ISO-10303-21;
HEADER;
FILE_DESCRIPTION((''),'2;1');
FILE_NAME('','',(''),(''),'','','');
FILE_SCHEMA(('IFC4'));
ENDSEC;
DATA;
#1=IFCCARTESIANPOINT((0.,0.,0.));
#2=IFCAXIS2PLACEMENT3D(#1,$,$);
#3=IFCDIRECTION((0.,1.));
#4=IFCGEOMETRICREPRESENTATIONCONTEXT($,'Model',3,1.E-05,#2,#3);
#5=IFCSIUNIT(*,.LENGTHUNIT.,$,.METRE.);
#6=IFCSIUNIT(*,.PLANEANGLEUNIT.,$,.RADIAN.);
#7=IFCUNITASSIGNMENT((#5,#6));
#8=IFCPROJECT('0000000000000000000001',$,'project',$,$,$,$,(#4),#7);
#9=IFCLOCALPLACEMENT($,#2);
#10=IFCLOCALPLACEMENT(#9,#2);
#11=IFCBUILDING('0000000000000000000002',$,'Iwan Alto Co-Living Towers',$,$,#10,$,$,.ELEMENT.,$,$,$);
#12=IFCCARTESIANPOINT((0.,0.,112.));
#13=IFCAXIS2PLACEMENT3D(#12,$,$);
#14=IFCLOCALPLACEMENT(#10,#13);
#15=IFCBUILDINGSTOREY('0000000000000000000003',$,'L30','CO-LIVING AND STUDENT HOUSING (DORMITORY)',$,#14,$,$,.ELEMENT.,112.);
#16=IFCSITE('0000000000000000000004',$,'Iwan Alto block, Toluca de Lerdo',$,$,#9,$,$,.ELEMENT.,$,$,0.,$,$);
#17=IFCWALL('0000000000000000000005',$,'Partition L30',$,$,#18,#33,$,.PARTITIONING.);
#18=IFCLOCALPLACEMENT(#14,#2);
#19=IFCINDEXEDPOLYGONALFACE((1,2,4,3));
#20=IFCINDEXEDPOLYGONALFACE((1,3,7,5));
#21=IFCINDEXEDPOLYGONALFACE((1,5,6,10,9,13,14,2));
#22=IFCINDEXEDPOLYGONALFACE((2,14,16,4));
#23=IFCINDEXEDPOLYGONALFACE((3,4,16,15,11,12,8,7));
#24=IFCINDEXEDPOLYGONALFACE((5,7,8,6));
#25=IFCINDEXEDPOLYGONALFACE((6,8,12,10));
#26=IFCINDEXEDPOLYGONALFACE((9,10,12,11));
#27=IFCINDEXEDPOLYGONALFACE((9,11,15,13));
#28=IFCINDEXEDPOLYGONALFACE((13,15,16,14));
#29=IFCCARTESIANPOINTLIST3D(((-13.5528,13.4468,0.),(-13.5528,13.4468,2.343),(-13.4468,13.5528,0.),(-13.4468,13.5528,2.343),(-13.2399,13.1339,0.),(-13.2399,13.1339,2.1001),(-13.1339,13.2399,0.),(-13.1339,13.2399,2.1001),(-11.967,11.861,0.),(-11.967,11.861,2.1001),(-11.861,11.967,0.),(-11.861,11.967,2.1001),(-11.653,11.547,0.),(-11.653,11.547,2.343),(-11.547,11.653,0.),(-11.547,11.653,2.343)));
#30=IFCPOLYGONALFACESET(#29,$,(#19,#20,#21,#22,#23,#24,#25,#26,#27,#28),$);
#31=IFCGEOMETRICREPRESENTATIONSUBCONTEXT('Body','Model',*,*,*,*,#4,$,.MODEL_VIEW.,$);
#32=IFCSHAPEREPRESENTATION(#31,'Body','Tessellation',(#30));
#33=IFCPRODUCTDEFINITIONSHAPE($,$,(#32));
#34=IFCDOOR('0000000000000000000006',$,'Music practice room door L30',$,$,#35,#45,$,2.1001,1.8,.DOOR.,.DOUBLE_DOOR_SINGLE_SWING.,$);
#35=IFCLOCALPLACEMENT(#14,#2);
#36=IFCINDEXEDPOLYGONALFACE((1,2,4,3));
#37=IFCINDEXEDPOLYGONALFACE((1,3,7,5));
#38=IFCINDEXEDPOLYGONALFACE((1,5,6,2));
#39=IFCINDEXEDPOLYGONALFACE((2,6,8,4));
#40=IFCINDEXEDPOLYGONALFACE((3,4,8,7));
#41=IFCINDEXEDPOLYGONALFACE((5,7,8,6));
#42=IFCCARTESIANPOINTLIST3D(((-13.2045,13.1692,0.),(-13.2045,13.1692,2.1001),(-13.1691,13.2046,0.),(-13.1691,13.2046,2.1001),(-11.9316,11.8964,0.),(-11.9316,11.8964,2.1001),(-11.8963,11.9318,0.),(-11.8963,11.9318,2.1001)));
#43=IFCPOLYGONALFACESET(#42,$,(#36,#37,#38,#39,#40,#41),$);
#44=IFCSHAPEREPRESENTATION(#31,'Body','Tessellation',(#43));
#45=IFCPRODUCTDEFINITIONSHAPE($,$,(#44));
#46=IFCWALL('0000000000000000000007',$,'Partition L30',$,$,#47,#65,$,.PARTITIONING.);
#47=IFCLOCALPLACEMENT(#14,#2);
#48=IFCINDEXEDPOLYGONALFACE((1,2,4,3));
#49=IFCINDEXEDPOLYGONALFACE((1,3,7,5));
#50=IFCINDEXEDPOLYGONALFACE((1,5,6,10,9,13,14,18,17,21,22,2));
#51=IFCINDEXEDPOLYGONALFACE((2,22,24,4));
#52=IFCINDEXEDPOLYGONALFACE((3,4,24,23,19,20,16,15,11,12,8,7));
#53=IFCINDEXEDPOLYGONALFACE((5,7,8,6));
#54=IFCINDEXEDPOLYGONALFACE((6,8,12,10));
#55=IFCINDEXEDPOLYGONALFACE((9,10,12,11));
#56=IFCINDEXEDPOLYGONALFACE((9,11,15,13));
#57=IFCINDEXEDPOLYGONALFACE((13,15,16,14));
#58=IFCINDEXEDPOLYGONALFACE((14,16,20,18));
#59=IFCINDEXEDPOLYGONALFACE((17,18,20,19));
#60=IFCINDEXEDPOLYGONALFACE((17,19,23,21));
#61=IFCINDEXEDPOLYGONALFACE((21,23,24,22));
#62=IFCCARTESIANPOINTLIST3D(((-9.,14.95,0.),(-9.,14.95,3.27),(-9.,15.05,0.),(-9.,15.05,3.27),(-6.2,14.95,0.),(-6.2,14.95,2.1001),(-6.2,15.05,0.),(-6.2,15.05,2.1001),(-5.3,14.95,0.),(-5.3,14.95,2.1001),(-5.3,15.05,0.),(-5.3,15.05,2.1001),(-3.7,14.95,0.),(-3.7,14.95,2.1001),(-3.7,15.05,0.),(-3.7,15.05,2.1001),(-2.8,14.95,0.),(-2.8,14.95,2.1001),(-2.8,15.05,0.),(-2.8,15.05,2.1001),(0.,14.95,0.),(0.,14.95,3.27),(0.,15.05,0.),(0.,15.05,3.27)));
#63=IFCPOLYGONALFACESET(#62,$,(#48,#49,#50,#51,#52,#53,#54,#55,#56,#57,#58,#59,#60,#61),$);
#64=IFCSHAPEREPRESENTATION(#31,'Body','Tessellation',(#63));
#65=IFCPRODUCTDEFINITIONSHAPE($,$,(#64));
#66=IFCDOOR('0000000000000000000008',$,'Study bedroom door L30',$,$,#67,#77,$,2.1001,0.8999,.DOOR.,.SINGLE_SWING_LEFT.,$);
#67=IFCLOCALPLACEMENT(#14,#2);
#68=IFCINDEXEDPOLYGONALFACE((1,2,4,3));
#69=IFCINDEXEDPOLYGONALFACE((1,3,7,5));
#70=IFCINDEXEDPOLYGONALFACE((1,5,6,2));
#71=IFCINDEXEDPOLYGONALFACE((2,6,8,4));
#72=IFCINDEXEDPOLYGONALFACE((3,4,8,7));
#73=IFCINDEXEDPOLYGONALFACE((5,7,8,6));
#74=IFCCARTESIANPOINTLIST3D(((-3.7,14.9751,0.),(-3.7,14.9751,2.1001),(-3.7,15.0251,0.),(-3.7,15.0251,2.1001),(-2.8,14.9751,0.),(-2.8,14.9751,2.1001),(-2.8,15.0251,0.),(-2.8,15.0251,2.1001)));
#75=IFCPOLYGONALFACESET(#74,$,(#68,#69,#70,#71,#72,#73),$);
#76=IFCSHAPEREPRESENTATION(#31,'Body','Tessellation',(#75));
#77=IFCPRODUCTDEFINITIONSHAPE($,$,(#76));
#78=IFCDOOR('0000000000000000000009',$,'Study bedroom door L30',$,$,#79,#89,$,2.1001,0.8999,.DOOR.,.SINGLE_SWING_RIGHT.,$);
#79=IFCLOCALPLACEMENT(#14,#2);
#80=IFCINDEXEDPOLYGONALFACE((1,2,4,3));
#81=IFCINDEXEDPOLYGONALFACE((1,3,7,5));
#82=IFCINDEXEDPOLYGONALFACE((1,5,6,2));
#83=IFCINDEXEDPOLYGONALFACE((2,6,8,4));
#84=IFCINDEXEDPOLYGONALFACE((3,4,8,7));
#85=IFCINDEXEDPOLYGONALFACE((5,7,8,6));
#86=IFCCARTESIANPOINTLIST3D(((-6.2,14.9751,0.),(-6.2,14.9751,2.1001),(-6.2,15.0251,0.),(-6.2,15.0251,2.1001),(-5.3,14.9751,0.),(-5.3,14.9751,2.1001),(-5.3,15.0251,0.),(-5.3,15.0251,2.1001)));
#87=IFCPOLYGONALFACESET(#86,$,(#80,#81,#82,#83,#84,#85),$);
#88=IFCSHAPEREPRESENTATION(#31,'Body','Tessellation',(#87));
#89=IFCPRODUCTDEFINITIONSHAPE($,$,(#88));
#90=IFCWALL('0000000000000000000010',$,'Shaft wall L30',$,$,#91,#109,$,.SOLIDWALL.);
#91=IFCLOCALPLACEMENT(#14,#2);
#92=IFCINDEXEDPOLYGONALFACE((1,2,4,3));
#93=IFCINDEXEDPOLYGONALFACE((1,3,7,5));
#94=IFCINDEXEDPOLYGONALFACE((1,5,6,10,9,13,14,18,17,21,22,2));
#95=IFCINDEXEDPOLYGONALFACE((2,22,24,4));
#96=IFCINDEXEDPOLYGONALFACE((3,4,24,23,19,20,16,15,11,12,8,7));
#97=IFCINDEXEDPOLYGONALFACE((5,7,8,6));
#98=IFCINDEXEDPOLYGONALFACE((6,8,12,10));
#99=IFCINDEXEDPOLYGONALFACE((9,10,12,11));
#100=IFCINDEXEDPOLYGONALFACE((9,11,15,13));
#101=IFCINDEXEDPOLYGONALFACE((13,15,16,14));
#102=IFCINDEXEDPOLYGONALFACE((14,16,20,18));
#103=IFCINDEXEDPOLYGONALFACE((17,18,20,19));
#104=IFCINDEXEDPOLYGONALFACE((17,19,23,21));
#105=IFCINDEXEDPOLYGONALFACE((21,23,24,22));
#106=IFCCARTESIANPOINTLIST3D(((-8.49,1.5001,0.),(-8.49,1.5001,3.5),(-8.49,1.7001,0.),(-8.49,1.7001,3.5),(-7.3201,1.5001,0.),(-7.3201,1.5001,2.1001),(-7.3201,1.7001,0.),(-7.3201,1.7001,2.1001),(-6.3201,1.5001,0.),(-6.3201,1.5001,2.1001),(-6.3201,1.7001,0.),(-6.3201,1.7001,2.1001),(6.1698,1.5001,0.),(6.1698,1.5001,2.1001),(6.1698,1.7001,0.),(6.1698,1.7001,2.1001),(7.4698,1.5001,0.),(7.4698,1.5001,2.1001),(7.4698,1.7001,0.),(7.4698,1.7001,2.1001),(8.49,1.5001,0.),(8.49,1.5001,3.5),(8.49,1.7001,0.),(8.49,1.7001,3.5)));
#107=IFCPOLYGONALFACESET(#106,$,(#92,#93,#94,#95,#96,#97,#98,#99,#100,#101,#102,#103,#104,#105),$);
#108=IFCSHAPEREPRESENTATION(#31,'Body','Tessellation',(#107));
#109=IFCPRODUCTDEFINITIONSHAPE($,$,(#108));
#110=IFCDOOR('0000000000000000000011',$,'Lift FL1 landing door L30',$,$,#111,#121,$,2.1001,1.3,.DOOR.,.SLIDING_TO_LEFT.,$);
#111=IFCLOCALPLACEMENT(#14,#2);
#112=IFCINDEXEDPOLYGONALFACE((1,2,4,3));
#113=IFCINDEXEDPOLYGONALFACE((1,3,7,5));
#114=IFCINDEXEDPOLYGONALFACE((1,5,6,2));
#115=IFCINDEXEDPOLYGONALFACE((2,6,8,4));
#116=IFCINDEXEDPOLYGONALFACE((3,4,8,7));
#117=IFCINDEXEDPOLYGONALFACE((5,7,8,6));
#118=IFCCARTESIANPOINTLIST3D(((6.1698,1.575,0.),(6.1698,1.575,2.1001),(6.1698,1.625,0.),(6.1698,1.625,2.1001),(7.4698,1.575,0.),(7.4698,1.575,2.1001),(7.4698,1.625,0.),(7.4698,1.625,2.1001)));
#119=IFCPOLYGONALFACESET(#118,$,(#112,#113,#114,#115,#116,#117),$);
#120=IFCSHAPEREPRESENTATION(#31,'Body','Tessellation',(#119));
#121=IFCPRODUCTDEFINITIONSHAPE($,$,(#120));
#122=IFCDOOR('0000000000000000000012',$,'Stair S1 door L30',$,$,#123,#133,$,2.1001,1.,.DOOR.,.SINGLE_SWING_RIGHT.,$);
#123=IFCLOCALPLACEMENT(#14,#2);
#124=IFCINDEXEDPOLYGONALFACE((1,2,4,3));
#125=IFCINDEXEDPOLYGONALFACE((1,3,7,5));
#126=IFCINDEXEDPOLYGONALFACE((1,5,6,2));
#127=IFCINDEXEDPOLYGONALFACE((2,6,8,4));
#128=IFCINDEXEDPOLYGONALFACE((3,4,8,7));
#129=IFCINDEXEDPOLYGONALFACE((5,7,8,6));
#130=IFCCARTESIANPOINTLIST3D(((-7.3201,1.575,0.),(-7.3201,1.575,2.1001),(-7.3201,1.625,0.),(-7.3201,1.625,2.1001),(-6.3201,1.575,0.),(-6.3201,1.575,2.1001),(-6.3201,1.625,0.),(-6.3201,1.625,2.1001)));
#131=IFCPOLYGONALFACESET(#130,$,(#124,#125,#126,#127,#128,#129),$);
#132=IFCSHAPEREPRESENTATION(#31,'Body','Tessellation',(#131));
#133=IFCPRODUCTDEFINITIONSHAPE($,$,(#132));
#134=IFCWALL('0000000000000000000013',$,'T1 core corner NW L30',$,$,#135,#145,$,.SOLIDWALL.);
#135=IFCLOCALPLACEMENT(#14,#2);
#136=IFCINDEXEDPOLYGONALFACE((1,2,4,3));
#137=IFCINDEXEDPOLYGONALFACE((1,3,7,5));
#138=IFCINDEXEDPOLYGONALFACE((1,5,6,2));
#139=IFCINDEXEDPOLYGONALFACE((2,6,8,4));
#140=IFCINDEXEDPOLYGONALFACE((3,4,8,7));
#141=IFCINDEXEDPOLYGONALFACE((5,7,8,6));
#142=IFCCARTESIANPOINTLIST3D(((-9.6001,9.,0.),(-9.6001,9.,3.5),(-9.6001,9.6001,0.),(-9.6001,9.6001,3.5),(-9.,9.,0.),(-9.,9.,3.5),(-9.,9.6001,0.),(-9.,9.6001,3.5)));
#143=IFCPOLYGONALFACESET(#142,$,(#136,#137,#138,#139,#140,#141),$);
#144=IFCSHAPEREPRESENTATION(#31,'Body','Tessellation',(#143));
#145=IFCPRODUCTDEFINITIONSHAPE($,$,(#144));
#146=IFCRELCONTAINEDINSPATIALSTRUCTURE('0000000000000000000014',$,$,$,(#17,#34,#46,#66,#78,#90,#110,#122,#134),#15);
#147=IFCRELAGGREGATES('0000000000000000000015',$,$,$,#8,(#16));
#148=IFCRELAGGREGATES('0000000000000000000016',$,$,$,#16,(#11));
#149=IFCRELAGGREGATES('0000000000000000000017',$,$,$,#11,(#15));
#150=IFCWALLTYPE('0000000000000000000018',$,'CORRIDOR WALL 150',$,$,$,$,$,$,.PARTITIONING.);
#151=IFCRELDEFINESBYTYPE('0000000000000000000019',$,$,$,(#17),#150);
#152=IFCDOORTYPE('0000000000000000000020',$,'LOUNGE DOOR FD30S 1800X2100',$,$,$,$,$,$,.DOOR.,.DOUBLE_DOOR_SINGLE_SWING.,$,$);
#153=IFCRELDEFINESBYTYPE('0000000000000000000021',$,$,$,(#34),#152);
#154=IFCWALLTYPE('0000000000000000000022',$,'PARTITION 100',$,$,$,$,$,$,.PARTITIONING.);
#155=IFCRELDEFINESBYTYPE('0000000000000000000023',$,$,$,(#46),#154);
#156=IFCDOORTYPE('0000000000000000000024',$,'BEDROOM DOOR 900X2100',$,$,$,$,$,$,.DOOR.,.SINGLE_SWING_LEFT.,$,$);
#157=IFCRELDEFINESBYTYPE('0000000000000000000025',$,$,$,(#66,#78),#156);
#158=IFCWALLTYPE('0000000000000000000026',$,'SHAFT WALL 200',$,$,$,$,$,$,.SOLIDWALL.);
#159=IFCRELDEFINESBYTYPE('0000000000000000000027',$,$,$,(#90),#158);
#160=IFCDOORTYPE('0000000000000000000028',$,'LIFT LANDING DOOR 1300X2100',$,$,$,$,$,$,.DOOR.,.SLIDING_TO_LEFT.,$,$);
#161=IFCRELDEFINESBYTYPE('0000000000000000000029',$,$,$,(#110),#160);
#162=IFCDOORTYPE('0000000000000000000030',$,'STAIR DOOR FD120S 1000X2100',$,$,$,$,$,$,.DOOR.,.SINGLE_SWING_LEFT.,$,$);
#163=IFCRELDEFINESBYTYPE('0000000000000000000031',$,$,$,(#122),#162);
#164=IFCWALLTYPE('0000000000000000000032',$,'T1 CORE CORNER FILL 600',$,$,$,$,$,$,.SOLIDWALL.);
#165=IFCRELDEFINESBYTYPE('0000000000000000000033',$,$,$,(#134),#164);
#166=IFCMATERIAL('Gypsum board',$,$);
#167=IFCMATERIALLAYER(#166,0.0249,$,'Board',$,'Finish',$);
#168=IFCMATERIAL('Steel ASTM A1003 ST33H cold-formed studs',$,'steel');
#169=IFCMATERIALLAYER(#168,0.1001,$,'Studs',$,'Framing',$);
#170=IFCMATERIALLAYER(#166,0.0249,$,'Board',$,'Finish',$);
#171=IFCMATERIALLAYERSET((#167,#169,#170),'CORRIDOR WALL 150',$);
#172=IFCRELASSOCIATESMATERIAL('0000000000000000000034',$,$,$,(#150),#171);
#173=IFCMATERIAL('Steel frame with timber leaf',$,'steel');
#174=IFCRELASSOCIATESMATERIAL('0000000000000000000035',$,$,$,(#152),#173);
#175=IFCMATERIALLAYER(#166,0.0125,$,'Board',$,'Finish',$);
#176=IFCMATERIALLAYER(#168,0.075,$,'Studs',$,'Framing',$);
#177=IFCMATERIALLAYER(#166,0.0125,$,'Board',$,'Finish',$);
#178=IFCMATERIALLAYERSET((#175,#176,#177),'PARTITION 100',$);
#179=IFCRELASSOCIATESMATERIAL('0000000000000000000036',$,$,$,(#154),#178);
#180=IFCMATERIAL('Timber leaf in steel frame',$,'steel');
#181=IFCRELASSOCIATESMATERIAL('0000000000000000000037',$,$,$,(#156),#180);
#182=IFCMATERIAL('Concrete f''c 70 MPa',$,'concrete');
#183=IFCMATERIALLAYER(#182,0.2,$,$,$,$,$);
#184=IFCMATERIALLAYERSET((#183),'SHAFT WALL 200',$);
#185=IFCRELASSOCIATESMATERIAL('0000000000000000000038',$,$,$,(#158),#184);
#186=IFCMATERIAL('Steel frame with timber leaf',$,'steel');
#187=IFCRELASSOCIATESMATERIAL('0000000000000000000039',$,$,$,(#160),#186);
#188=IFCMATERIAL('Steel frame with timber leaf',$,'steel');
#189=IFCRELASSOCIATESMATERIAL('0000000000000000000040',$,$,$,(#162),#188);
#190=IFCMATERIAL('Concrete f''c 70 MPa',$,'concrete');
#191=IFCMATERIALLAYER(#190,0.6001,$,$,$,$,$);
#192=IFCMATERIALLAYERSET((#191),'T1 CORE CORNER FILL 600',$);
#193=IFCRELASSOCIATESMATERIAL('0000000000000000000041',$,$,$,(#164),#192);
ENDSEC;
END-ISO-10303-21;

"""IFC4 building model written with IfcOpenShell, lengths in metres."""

from ifc_helpers import new_model, si_unit, direction, frame, frame_2d, origin, place, context, subcontext, project, spatial, rectangle, extrude, material, layer, layer_set, type_object, element, fill, save


model = new_model("IFC4")

# Units and contexts
model_context = context("Model", 3, precision=1e-05, world=origin(), true_north=direction((0.0, 1.0)))
body_context = subcontext(model_context, "Body", "Model", "MODEL_VIEW")
ifc_project = project(units=[si_unit("LENGTHUNIT", "METRE"), si_unit("PLANEANGLEUNIT", "RADIAN")], contexts=[model_context])

# Site, building, storey
site_placement = place(None, origin())
site = spatial("IfcSite", under=ifc_project, at=site_placement, Name="Iwan Alto block, Toluca de Lerdo", CompositionType="ELEMENT", RefElevation=0.0)
building_placement = place(site_placement, origin())
building = spatial("IfcBuilding", under=site, at=building_placement, Name="Iwan Alto Co-Living Towers", CompositionType="ELEMENT")
storey_placement = place(building_placement, frame((0.0, 0.0, 112.0)))
storey = spatial("IfcBuildingStorey", under=building, at=storey_placement, Name="L30", Description="CO-LIVING AND STUDENT HOUSING (DORMITORY)", CompositionType="ELEMENT", Elevation=112.0)

# Shared definitions
ifc_material_1 = material(Name="Gypsum board")
ifc_layer_1 = layer(ifc_material_1, 0.0249, Name="Board", Category="Finish")
ifc_material_2 = material(Name="Steel ASTM A1003 ST33H cold-formed studs", Category="steel")
ifc_layer_2 = layer(ifc_material_2, 0.1001, Name="Studs", Category="Framing")
ifc_layer_3 = layer(ifc_material_1, 0.0249, Name="Board", Category="Finish")
ifc_layer_set_1 = layer_set([ifc_layer_1, ifc_layer_2, ifc_layer_3], Name="CORRIDOR WALL 150")
wall_type_1 = type_object("IfcWallType", Name="CORRIDOR WALL 150", PredefinedType="PARTITIONING", material=ifc_layer_set_1)
ifc_material_3 = material(Name="Steel frame with timber leaf", Category="steel")
door_type_1 = type_object("IfcDoorType", Name="LOUNGE DOOR FD30S 1800X2100", OperationType="DOUBLE_DOOR_SINGLE_SWING", PredefinedType="DOOR", material=ifc_material_3)

# Wall, opening, door
wall_1_placement = place(storey_placement, frame((-11.6001, 11.6001, 0.0), z_axis=(0.0, 0.0, 1.0), x_axis=(-0.707107, 0.707107, 0.0)))
wall_1 = element("IfcWall", 1, at=wall_1_placement, inside=storey, type_object=wall_type_1, Name="Partition L30", PredefinedType="PARTITIONING", context=body_context, shape_type="SweptSolid", body=[
    extrude(rectangle(XDim=2.6868, YDim=0.1499, at=frame_2d((1.3433, 0.0))), origin(), (0.0, 0.0, 1.0), 2.343),
])
opening_1_placement = place(wall_1_placement, frame((0.4441, 0.0, 0.0)))
opening_1 = element("IfcOpeningElement", 2, at=opening_1_placement, cuts=wall_1, PredefinedType="OPENING", context=body_context, shape_type="SweptSolid", body=[
    extrude(rectangle(XDim=1.8, YDim=2.1001, at=frame_2d((0.8999, 1.05))), frame((0.0, 0.085, 0.0), z_axis=(0.0, -1.0, 0.0), x_axis=(1.0, 0.0, 0.0)), (0.0, 0.0, 1.0), 0.1699),
])
door_1_placement = place(opening_1_placement, origin())
door_1 = element("IfcDoor", 3, at=door_1_placement, inside=storey, type_object=door_type_1, Name="Music practice room door L30", OperationType="DOUBLE_DOOR_SINGLE_SWING", OverallHeight=2.1001, OverallWidth=1.8, PredefinedType="DOOR", context=body_context, shape_type="SweptSolid", body=[
    extrude(rectangle(XDim=1.8, YDim=2.1001, at=frame_2d((0.8999, 1.05))), frame((0.0, 0.0249, 0.0), z_axis=(0.0, -1.0, 0.0), x_axis=(1.0, 0.0, 0.0)), (0.0, 0.0, 1.0), 0.05),
])
fill(opening_1, door_1)

# Walls, openings, doors
ifc_layer_4 = layer(ifc_material_1, 0.0125, Name="Board", Category="Finish")
ifc_layer_5 = layer(ifc_material_2, 0.075, Name="Studs", Category="Framing")
ifc_layer_6 = layer(ifc_material_1, 0.0125, Name="Board", Category="Finish")
ifc_layer_set_2 = layer_set([ifc_layer_4, ifc_layer_5, ifc_layer_6], Name="PARTITION 100")
wall_type_2 = type_object("IfcWallType", Name="PARTITION 100", PredefinedType="PARTITIONING", material=ifc_layer_set_2)
wall_2_placement = place(storey_placement, frame((-9.0, 15.0, 0.0), z_axis=(0.0, 0.0, 1.0), x_axis=(1.0, 0.0, 0.0)))
wall_2 = element("IfcWall", 4, at=wall_2_placement, inside=storey, type_object=wall_type_2, Name="Partition L30", PredefinedType="PARTITIONING", context=body_context, shape_type="SweptSolid", body=[
    extrude(rectangle(XDim=9.0, YDim=0.1001, at=frame_2d((4.5, 0.0))), origin(), (0.0, 0.0, 1.0), 3.27),
])
opening_2_placement = place(wall_2_placement, frame((5.3, 0.0, 0.0)))
opening_2 = element("IfcOpeningElement", 5, at=opening_2_placement, cuts=wall_2, PredefinedType="OPENING", context=body_context, shape_type="SweptSolid", body=[
    extrude(rectangle(XDim=0.8999, YDim=2.1001, at=frame_2d((0.45, 1.05))), frame((0.0, 0.0601, 0.0), z_axis=(0.0, -1.0, 0.0), x_axis=(1.0, 0.0, 0.0)), (0.0, 0.0, 1.0), 0.1201),
])
opening_3_placement = place(wall_2_placement, frame((2.8, 0.0, 0.0)))
opening_3 = element("IfcOpeningElement", 6, at=opening_3_placement, cuts=wall_2, PredefinedType="OPENING", context=body_context, shape_type="SweptSolid", body=[
    extrude(rectangle(XDim=0.8999, YDim=2.1001, at=frame_2d((0.45, 1.05))), frame((0.0, 0.0601, 0.0), z_axis=(0.0, -1.0, 0.0), x_axis=(1.0, 0.0, 0.0)), (0.0, 0.0, 1.0), 0.1201),
])
ifc_material_4 = material(Name="Timber leaf in steel frame", Category="steel")
door_type_2 = type_object("IfcDoorType", Name="BEDROOM DOOR 900X2100", OperationType="SINGLE_SWING_LEFT", PredefinedType="DOOR", material=ifc_material_4)
door_2_placement = place(opening_2_placement, frame((0.8999, 0.0, 0.0), z_axis=(0.0, 0.0, 1.0), x_axis=(-1.0, 0.0, 0.0)))
door_2 = element("IfcDoor", 7, at=door_2_placement, inside=storey, type_object=door_type_2, Name="Study bedroom door L30", OperationType="SINGLE_SWING_LEFT", OverallHeight=2.1001, OverallWidth=0.8999, PredefinedType="DOOR", context=body_context, shape_type="SweptSolid", body=[
    extrude(rectangle(XDim=0.8999, YDim=2.1001, at=frame_2d((0.45, 1.05))), frame((0.0, 0.0249, 0.0), z_axis=(0.0, -1.0, 0.0), x_axis=(1.0, 0.0, 0.0)), (0.0, 0.0, 1.0), 0.05),
])
fill(opening_2, door_2)
door_3_placement = place(opening_3_placement, frame((0.8999, 0.0, 0.0), z_axis=(0.0, 0.0, 1.0), x_axis=(-1.0, 0.0, 0.0)))
door_3 = element("IfcDoor", 8, at=door_3_placement, inside=storey, type_object=door_type_2, Name="Study bedroom door L30", OperationType="SINGLE_SWING_RIGHT", OverallHeight=2.1001, OverallWidth=0.8999, PredefinedType="DOOR", context=body_context, shape_type="SweptSolid", body=[
    extrude(rectangle(XDim=0.8999, YDim=2.1001, at=frame_2d((0.45, 1.05))), frame((0.0, 0.0249, 0.0), z_axis=(0.0, -1.0, 0.0), x_axis=(1.0, 0.0, 0.0)), (0.0, 0.0, 1.0), 0.05),
])
fill(opening_3, door_3)
ifc_material_5 = material(Name="Concrete f'c 70 MPa", Category="concrete")
ifc_layer_7 = layer(ifc_material_5, 0.2)
ifc_layer_set_3 = layer_set([ifc_layer_7], Name="SHAFT WALL 200")
wall_type_3 = type_object("IfcWallType", Name="SHAFT WALL 200", PredefinedType="SOLIDWALL", material=ifc_layer_set_3)
wall_3_placement = place(storey_placement, frame((-8.49, 1.6001, 0.0), z_axis=(0.0, 0.0, 1.0), x_axis=(1.0, 0.0, 0.0)))
wall_3 = element("IfcWall", 9, at=wall_3_placement, inside=storey, type_object=wall_type_3, Name="Shaft wall L30", PredefinedType="SOLIDWALL", context=body_context, shape_type="SweptSolid", body=[
    extrude(rectangle(XDim=16.98, YDim=0.2, at=frame_2d((8.49, 0.0))), origin(), (0.0, 0.0, 1.0), 3.5),
])
opening_4_placement = place(wall_3_placement, frame((1.1699, 0.0, 0.0)))
opening_4 = element("IfcOpeningElement", 10, at=opening_4_placement, cuts=wall_3, PredefinedType="OPENING", context=body_context, shape_type="SweptSolid", body=[
    extrude(rectangle(XDim=1.0, YDim=2.1001, at=frame_2d((0.5, 1.05))), frame((0.0, 0.1099, 0.0), z_axis=(0.0, -1.0, 0.0), x_axis=(1.0, 0.0, 0.0)), (0.0, 0.0, 1.0), 0.22),
])
opening_5_placement = place(wall_3_placement, frame((14.6599, 0.0, 0.0)))
opening_5 = element("IfcOpeningElement", 11, at=opening_5_placement, cuts=wall_3, PredefinedType="OPENING", context=body_context, shape_type="SweptSolid", body=[
    extrude(rectangle(XDim=1.3, YDim=2.1001, at=frame_2d((0.6499, 1.05))), frame((0.0, 0.1099, 0.0), z_axis=(0.0, -1.0, 0.0), x_axis=(1.0, 0.0, 0.0)), (0.0, 0.0, 1.0), 0.22),
])
ifc_material_6 = material(Name="Steel frame with timber leaf", Category="steel")
door_type_3 = type_object("IfcDoorType", Name="LIFT LANDING DOOR 1300X2100", OperationType="SLIDING_TO_LEFT", PredefinedType="DOOR", material=ifc_material_6)
door_4_placement = place(opening_5_placement, origin())
door_4 = element("IfcDoor", 12, at=door_4_placement, inside=storey, type_object=door_type_3, Name="Lift FL1 landing door L30", OperationType="SLIDING_TO_LEFT", OverallHeight=2.1001, OverallWidth=1.3, PredefinedType="DOOR", context=body_context, shape_type="SweptSolid", body=[
    extrude(rectangle(XDim=1.3, YDim=2.1001, at=frame_2d((0.6499, 1.05))), frame((0.0, 0.0249, 0.0), z_axis=(0.0, -1.0, 0.0), x_axis=(1.0, 0.0, 0.0)), (0.0, 0.0, 1.0), 0.05),
])
fill(opening_5, door_4)
ifc_material_7 = material(Name="Steel frame with timber leaf", Category="steel")
door_type_4 = type_object("IfcDoorType", Name="STAIR DOOR FD120S 1000X2100", OperationType="SINGLE_SWING_LEFT", PredefinedType="DOOR", material=ifc_material_7)
door_5_placement = place(opening_4_placement, origin())
door_5 = element("IfcDoor", 13, at=door_5_placement, inside=storey, type_object=door_type_4, Name="Stair S1 door L30", OperationType="SINGLE_SWING_RIGHT", OverallHeight=2.1001, OverallWidth=1.0, PredefinedType="DOOR", context=body_context, shape_type="SweptSolid", body=[
    extrude(rectangle(XDim=1.0, YDim=2.1001, at=frame_2d((0.5, 1.05))), frame((0.0, 0.0249, 0.0), z_axis=(0.0, -1.0, 0.0), x_axis=(1.0, 0.0, 0.0)), (0.0, 0.0, 1.0), 0.05),
])
fill(opening_4, door_5)

# Wall
ifc_material_8 = material(Name="Concrete f'c 70 MPa", Category="concrete")
ifc_layer_8 = layer(ifc_material_8, 0.6001)
ifc_layer_set_4 = layer_set([ifc_layer_8], Name="T1 CORE CORNER FILL 600")
wall_type_4 = type_object("IfcWallType", Name="T1 CORE CORNER FILL 600", PredefinedType="SOLIDWALL", material=ifc_layer_set_4)
wall_4_placement = place(storey_placement, frame((-9.6001, 9.3, 0.0), z_axis=(0.0, 0.0, 1.0), x_axis=(1.0, 0.0, 0.0)))
element("IfcWall", 14, at=wall_4_placement, inside=storey, type_object=wall_type_4, Name="T1 core corner NW L30", PredefinedType="SOLIDWALL", context=body_context, shape_type="SweptSolid", body=[
    extrude(rectangle(XDim=0.6001, YDim=0.6001, at=frame_2d((0.3, 0.0))), origin(), (0.0, 0.0, 1.0), 3.5),
])

save(model, "model.ifc")
